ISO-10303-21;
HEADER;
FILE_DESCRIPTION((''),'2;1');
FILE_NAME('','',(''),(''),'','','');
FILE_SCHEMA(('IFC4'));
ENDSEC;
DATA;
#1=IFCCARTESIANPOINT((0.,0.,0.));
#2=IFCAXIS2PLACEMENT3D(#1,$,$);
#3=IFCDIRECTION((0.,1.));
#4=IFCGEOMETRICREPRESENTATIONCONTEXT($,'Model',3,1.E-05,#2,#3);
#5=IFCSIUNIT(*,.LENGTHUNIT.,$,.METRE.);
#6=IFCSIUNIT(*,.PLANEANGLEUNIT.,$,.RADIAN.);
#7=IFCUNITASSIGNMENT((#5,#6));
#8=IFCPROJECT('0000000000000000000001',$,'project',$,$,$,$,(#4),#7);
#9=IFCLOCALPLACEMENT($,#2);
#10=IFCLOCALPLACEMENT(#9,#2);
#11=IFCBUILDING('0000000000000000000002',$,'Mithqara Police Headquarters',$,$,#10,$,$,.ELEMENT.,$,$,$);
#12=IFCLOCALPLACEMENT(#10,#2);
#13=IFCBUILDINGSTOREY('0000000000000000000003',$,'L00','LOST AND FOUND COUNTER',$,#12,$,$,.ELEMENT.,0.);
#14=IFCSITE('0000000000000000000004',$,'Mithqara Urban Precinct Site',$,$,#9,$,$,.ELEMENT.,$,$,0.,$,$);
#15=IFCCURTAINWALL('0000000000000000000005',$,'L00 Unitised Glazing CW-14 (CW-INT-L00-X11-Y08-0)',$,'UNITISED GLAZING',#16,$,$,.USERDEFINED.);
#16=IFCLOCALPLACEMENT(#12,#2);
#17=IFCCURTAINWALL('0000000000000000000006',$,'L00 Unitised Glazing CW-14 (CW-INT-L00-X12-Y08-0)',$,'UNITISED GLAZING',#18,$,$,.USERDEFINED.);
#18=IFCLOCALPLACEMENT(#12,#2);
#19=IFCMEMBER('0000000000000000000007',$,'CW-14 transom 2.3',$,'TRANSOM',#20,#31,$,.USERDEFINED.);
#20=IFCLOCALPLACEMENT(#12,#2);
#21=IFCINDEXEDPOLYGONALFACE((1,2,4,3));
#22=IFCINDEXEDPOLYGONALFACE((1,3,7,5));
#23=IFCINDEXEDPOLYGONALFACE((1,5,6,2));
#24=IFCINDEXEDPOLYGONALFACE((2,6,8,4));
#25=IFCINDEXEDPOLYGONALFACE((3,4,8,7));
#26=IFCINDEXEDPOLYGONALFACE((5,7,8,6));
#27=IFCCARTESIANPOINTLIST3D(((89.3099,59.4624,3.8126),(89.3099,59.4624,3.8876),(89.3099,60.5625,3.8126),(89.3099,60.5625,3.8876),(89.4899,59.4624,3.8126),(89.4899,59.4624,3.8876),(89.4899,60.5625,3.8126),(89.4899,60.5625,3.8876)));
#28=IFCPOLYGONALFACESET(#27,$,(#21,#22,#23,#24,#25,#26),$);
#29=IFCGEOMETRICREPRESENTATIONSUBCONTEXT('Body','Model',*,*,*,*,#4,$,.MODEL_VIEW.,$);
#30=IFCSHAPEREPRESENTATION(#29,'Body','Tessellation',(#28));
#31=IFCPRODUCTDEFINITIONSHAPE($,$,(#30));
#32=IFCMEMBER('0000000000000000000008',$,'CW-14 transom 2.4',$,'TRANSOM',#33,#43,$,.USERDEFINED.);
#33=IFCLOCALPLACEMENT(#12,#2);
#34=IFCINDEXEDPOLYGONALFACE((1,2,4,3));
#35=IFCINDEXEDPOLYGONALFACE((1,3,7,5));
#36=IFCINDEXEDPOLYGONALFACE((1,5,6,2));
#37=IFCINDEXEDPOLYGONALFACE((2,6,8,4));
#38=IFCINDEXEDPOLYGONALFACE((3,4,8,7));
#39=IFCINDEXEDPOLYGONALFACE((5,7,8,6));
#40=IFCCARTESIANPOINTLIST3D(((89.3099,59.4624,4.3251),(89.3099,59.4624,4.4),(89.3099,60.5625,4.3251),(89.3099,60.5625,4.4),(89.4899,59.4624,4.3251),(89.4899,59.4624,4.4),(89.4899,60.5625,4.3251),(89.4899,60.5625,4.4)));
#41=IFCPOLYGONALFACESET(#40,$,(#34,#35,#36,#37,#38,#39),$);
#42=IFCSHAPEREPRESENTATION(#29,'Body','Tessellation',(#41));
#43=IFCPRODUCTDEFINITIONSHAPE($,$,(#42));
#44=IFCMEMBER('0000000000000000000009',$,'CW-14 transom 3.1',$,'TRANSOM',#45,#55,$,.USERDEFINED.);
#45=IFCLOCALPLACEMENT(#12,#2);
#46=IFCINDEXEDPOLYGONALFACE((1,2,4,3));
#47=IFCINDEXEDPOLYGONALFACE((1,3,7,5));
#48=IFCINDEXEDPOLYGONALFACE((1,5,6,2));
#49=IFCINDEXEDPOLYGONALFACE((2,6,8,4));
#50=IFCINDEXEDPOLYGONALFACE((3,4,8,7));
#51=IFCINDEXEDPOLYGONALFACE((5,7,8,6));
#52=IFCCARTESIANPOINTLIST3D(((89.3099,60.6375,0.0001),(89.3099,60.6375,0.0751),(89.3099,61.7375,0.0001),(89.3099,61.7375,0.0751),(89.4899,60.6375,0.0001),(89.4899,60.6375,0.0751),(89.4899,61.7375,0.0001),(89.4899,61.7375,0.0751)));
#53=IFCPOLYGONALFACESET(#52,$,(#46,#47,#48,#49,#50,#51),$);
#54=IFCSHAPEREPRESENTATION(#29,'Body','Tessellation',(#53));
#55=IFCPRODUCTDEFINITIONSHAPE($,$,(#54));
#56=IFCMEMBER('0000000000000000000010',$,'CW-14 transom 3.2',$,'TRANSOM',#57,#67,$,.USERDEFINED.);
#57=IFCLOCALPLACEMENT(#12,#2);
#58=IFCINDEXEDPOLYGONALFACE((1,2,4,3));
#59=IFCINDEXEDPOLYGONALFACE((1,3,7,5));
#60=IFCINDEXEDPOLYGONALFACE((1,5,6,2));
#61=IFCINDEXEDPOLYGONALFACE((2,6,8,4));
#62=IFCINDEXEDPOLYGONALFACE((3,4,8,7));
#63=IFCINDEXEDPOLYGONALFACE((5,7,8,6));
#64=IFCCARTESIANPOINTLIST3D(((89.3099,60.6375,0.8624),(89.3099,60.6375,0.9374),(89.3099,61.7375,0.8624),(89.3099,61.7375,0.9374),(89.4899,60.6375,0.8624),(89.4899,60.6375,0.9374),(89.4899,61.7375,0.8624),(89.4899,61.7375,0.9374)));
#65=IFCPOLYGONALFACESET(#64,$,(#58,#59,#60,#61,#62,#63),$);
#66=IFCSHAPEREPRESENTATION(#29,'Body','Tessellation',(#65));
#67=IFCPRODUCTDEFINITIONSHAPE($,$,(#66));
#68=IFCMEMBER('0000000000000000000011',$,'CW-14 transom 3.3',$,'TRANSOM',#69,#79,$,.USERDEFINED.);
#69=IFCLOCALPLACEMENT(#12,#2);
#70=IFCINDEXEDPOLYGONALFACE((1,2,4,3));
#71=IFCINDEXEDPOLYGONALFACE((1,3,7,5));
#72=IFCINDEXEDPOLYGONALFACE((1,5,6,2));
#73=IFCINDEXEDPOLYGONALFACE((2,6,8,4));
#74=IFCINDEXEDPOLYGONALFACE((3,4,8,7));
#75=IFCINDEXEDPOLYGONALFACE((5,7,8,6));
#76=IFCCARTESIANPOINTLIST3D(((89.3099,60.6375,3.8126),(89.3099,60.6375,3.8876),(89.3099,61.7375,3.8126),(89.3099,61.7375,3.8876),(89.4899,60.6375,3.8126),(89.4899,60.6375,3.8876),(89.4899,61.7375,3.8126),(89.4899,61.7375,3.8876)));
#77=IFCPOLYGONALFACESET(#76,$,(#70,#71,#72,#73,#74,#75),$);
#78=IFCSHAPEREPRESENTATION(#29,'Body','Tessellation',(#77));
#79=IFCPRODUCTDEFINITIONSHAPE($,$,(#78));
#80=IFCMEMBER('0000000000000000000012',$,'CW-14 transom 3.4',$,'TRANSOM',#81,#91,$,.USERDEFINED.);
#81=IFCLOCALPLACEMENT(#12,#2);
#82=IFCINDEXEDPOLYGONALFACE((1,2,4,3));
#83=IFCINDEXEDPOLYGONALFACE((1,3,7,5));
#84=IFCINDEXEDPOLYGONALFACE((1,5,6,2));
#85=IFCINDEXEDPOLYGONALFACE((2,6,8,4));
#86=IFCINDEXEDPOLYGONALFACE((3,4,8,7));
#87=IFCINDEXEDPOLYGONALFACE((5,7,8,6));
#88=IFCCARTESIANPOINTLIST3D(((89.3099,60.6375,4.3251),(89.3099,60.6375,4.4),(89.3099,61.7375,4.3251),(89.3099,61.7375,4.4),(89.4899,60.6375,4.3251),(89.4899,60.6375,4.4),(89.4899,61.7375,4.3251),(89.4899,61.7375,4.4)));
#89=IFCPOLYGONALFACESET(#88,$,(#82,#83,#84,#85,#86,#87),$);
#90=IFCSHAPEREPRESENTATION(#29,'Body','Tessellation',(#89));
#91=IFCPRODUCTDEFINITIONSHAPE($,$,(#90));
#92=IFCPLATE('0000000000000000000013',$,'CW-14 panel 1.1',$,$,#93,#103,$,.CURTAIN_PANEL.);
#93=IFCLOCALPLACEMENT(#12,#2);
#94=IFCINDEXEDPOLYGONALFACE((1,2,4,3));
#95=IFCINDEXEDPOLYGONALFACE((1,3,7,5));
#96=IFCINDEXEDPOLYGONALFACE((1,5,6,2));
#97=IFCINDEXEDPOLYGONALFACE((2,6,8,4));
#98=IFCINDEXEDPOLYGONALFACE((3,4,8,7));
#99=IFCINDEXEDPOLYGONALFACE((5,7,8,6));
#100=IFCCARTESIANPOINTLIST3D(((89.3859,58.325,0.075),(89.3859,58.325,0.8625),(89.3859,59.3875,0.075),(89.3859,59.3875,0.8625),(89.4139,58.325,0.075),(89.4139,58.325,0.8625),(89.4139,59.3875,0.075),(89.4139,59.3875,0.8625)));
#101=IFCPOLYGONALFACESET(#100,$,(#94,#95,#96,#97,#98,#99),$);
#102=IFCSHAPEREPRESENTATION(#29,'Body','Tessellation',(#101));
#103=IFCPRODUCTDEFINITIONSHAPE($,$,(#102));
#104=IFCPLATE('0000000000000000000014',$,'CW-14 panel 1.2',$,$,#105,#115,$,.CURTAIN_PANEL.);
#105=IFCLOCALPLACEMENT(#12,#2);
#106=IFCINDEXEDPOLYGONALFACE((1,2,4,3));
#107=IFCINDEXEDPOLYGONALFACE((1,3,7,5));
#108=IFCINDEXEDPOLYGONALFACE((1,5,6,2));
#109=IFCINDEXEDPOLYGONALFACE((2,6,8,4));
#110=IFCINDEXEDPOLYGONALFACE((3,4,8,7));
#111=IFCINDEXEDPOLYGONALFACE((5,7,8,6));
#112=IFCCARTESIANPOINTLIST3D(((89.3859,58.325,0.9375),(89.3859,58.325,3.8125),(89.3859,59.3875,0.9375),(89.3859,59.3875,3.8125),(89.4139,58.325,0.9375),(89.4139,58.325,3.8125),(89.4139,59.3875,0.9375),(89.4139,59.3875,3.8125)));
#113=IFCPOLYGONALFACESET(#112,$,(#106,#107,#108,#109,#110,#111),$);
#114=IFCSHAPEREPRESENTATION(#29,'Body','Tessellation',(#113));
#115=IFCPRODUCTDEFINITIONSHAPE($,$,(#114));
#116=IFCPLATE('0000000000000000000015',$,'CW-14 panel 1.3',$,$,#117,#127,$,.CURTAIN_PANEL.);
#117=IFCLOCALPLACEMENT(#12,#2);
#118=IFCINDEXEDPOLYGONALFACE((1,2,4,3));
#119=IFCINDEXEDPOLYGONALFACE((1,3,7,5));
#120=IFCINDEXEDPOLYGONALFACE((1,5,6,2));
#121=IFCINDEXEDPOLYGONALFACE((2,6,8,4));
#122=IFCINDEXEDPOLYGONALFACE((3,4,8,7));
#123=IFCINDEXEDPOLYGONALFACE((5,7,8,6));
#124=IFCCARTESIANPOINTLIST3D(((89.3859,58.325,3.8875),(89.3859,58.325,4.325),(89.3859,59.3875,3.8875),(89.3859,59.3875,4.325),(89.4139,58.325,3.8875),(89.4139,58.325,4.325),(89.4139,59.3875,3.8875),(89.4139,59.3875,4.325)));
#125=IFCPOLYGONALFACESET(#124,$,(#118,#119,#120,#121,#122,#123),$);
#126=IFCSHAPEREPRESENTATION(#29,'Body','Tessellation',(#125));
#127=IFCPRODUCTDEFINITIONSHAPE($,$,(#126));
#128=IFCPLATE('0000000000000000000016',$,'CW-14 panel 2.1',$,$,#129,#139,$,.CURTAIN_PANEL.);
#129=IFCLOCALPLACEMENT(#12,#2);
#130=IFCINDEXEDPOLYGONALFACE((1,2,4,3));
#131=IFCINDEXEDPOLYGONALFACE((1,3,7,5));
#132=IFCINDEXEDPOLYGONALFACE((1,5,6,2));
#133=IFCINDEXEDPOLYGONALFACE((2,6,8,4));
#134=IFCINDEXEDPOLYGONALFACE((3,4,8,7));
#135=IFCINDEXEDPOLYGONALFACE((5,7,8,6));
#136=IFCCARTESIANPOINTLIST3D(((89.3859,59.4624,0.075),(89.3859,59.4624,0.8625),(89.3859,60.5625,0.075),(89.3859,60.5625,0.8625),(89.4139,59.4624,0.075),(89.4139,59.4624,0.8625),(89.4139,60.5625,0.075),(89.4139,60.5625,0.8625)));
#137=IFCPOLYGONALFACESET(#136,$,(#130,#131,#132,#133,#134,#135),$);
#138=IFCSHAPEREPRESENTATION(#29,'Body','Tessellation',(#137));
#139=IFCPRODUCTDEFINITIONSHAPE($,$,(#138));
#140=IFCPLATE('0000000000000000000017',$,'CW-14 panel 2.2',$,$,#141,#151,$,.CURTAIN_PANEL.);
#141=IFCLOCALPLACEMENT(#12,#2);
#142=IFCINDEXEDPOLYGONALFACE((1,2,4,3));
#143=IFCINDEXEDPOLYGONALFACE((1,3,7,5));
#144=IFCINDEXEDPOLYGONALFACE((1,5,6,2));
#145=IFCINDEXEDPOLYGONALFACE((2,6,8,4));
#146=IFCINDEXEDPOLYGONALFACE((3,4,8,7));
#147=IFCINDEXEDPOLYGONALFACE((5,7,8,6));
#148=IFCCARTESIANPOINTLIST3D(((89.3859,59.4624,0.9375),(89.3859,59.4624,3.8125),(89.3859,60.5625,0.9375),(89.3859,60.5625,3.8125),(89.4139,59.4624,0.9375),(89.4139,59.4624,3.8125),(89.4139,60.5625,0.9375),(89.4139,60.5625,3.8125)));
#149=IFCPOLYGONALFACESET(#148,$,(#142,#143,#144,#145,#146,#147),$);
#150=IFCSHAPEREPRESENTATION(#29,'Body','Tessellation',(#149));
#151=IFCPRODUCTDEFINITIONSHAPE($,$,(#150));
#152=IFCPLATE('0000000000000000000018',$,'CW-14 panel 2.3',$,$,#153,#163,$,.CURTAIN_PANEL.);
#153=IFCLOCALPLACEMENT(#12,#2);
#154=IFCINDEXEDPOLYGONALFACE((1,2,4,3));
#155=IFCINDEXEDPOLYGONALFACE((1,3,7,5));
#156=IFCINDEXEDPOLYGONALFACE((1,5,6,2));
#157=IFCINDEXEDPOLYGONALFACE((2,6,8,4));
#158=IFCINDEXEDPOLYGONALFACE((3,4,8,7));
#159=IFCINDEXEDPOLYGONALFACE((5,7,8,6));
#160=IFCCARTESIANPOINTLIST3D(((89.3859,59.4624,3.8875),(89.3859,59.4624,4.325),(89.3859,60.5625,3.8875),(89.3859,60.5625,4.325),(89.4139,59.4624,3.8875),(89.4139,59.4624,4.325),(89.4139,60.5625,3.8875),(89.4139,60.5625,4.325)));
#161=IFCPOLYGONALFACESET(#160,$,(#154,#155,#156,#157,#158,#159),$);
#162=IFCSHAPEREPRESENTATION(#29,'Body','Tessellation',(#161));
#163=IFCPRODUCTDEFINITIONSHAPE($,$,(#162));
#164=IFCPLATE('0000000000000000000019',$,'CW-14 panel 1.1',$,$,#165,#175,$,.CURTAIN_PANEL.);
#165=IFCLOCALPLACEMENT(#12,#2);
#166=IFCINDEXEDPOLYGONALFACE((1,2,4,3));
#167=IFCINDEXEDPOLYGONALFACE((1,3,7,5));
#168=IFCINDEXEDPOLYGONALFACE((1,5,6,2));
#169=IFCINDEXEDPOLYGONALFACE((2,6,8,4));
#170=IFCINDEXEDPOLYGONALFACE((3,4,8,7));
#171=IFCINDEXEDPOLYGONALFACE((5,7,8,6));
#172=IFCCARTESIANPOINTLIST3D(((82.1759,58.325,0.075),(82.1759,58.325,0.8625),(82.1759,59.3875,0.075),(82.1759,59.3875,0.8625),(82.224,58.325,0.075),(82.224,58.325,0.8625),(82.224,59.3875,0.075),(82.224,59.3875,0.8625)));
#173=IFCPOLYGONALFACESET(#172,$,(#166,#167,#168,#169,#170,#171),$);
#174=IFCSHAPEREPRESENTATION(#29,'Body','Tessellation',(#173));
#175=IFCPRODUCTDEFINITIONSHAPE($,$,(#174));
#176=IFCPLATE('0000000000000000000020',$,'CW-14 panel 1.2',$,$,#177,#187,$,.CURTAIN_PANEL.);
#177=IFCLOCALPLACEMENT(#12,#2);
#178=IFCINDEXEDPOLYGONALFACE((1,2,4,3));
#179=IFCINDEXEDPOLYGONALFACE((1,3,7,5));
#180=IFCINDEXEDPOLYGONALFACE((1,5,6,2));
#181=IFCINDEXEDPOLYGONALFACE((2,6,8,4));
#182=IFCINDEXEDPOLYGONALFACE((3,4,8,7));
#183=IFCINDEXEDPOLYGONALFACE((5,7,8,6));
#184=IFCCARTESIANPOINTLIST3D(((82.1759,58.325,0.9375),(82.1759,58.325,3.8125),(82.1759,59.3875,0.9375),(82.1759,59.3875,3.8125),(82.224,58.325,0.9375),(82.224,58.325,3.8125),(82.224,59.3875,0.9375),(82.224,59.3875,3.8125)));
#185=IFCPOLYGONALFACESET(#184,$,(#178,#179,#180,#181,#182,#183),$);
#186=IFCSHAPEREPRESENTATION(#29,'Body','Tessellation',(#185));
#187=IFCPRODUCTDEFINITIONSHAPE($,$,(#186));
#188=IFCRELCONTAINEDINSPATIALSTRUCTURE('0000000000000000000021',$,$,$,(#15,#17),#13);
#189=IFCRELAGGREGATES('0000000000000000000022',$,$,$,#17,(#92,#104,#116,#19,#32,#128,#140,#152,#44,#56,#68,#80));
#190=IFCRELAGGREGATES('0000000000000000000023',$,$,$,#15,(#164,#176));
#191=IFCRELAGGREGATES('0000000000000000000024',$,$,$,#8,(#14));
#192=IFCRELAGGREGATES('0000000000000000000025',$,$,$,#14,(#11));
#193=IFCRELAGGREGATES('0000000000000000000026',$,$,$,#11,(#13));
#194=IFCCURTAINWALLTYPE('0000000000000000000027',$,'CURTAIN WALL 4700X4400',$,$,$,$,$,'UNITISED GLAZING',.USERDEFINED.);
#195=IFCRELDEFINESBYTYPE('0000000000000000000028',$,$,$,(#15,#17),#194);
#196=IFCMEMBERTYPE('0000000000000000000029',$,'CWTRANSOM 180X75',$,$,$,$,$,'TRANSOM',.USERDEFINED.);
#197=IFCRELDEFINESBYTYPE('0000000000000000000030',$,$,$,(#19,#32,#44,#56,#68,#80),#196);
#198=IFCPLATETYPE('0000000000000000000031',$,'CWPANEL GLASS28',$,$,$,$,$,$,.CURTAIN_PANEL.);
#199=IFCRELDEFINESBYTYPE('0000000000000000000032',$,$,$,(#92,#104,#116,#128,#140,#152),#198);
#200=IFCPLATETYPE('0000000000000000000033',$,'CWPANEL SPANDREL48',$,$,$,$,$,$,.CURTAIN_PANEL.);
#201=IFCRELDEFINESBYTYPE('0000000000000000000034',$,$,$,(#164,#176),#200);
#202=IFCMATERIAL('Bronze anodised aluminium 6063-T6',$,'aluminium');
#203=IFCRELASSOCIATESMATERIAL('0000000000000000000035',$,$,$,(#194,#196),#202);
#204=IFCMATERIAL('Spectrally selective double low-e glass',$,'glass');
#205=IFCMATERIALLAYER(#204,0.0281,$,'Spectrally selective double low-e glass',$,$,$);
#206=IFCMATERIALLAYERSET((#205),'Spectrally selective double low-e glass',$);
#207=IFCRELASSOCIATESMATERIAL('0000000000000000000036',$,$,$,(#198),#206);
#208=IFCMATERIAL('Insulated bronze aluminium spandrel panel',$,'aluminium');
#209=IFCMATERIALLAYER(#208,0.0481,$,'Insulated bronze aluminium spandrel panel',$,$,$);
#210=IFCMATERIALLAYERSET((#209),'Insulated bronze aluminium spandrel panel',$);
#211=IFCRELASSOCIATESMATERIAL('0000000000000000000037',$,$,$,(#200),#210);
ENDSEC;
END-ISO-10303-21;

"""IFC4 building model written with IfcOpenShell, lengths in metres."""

from ifc_helpers import new_model, si_unit, direction, frame, origin, origin_2d, place, context, subcontext, project, spatial, rectangle, extrude, material, layer, layer_set, material_profile, profile_set, type_object, element, aggregate, save


model = new_model("IFC4")

# Units and contexts
model_context = context("Model", 3, precision=1e-05, world=origin(), true_north=direction((0.0, 1.0)))
body_context = subcontext(model_context, "Body", "Model", "MODEL_VIEW")
ifc_project = project(units=[si_unit("LENGTHUNIT", "METRE"), si_unit("PLANEANGLEUNIT", "RADIAN")], contexts=[model_context])

# Site, building, storey
site_placement = place(None, origin())
site = spatial("IfcSite", under=ifc_project, at=site_placement, Name="Mithqara Urban Precinct Site", CompositionType="ELEMENT", RefElevation=0.0)
building_placement = place(site_placement, origin())
building = spatial("IfcBuilding", under=site, at=building_placement, Name="Mithqara Police Headquarters", CompositionType="ELEMENT")
storey_placement = place(building_placement, origin())
storey = spatial("IfcBuildingStorey", under=building, at=storey_placement, Name="L00", Description="LOST AND FOUND COUNTER", CompositionType="ELEMENT", Elevation=0.0)

# Curtain walls
ifc_material_1 = material(Name="Bronze anodised aluminium 6063-T6", Category="aluminium")
curtain_wall_type = type_object("IfcCurtainWallType", Name="CURTAIN WALL 4700X4400", ElementType="UNITISED GLAZING", PredefinedType="USERDEFINED", material=ifc_material_1)
curtain_wall_1_placement = place(storey_placement, origin())
curtain_wall_1 = element("IfcCurtainWall", 1, at=curtain_wall_1_placement, inside=storey, type_object=curtain_wall_type, Name="L00 Unitised Glazing CW-14 (CW-INT-L00-X11-Y08-0)", ObjectType="UNITISED GLAZING", PredefinedType="USERDEFINED")
curtain_wall_2_placement = place(storey_placement, origin())
curtain_wall_2 = element("IfcCurtainWall", 2, at=curtain_wall_2_placement, inside=storey, type_object=curtain_wall_type, Name="L00 Unitised Glazing CW-14 (CW-INT-L00-X12-Y08-0)", ObjectType="UNITISED GLAZING", PredefinedType="USERDEFINED")

# Members
ifc_material_profile_1 = material_profile(ifc_material_1, rectangle(XDim=0.1799, YDim=0.075, at=origin_2d()), Name="CWT 180x75")
ifc_profile_set_1 = profile_set([ifc_material_profile_1], Name="Bronze anodised aluminium 6063-T6")
member_type_1 = type_object("IfcMemberType", Name="CWTRANSOM 180X75", ElementType="TRANSOM", PredefinedType="USERDEFINED", material=ifc_profile_set_1)
member_1_placement = place(storey_placement, frame((89.3999, 59.4624, 3.8501), z_axis=(0.0, 1.0, 0.0), x_axis=(-1.0, 0.0, 0.0)))
member_1 = element("IfcMember", 3, at=member_1_placement, type_object=member_type_1, Name="CW-14 transom 2.3", ObjectType="TRANSOM", PredefinedType="USERDEFINED", context=body_context, shape_type="SweptSolid", body=[
    extrude(rectangle(XDim=0.1799, YDim=0.075, at=origin_2d()), origin(), (0.0, 0.0, 1.0), 1.1001),
])
member_2_placement = place(storey_placement, frame((89.3999, 59.4624, 4.3625), z_axis=(0.0, 1.0, 0.0), x_axis=(-1.0, 0.0, 0.0)))
member_2 = element("IfcMember", 4, at=member_2_placement, type_object=member_type_1, Name="CW-14 transom 2.4", ObjectType="TRANSOM", PredefinedType="USERDEFINED", context=body_context, shape_type="SweptSolid", body=[
    extrude(rectangle(XDim=0.1799, YDim=0.075, at=origin_2d()), origin(), (0.0, 0.0, 1.0), 1.1001),
])
member_3_placement = place(storey_placement, frame((89.3999, 60.6375, 0.0376), z_axis=(0.0, 1.0, 0.0), x_axis=(-1.0, 0.0, 0.0)))
member_3 = element("IfcMember", 5, at=member_3_placement, type_object=member_type_1, Name="CW-14 transom 3.1", ObjectType="TRANSOM", PredefinedType="USERDEFINED", context=body_context, shape_type="SweptSolid", body=[
    extrude(rectangle(XDim=0.1799, YDim=0.075, at=origin_2d()), origin(), (0.0, 0.0, 1.0), 1.1001),
])
member_4_placement = place(storey_placement, frame((89.3999, 60.6375, 0.8999), z_axis=(0.0, 1.0, 0.0), x_axis=(-1.0, 0.0, 0.0)))
member_4 = element("IfcMember", 6, at=member_4_placement, type_object=member_type_1, Name="CW-14 transom 3.2", ObjectType="TRANSOM", PredefinedType="USERDEFINED", context=body_context, shape_type="SweptSolid", body=[
    extrude(rectangle(XDim=0.1799, YDim=0.075, at=origin_2d()), origin(), (0.0, 0.0, 1.0), 1.1001),
])
member_5_placement = place(storey_placement, frame((89.3999, 60.6375, 3.8501), z_axis=(0.0, 1.0, 0.0), x_axis=(-1.0, 0.0, 0.0)))
member_5 = element("IfcMember", 7, at=member_5_placement, type_object=member_type_1, Name="CW-14 transom 3.3", ObjectType="TRANSOM", PredefinedType="USERDEFINED", context=body_context, shape_type="SweptSolid", body=[
    extrude(rectangle(XDim=0.1799, YDim=0.075, at=origin_2d()), origin(), (0.0, 0.0, 1.0), 1.1001),
])
member_6_placement = place(storey_placement, frame((89.3999, 60.6375, 4.3625), z_axis=(0.0, 1.0, 0.0), x_axis=(-1.0, 0.0, 0.0)))
member_6 = element("IfcMember", 8, at=member_6_placement, type_object=member_type_1, Name="CW-14 transom 3.4", ObjectType="TRANSOM", PredefinedType="USERDEFINED", context=body_context, shape_type="SweptSolid", body=[
    extrude(rectangle(XDim=0.1799, YDim=0.075, at=origin_2d()), origin(), (0.0, 0.0, 1.0), 1.1001),
])

# Plates
ifc_material_2 = material(Name="Spectrally selective double low-e glass", Category="glass")
ifc_layer_1 = layer(ifc_material_2, 0.0281, Name="Spectrally selective double low-e glass")
ifc_layer_set_1 = layer_set([ifc_layer_1], Name="Spectrally selective double low-e glass")
plate_type_1 = type_object("IfcPlateType", Name="CWPANEL GLASS28", PredefinedType="CURTAIN_PANEL", material=ifc_layer_set_1)
plate_1_placement = place(storey_placement, frame((89.3999, 58.8562, 0.075), z_axis=(0.0, 0.0, 1.0), x_axis=(0.0, 1.0, 0.0)))
plate_1 = element("IfcPlate", 9, at=plate_1_placement, type_object=plate_type_1, Name="CW-14 panel 1.1", PredefinedType="CURTAIN_PANEL", context=body_context, shape_type="SweptSolid", body=[
    extrude(rectangle(XDim=1.0625, YDim=0.0281, at=origin_2d()), origin(), (0.0, 0.0, 1.0), 0.7876),
])
plate_2_placement = place(storey_placement, frame((89.3999, 58.8562, 0.9375), z_axis=(0.0, 0.0, 1.0), x_axis=(0.0, 1.0, 0.0)))
plate_2 = element("IfcPlate", 10, at=plate_2_placement, type_object=plate_type_1, Name="CW-14 panel 1.2", PredefinedType="CURTAIN_PANEL", context=body_context, shape_type="SweptSolid", body=[
    extrude(rectangle(XDim=1.0625, YDim=0.0281, at=origin_2d()), origin(), (0.0, 0.0, 1.0), 2.875),
])
plate_3_placement = place(storey_placement, frame((89.3999, 58.8562, 3.8875), z_axis=(0.0, 0.0, 1.0), x_axis=(0.0, 1.0, 0.0)))
plate_3 = element("IfcPlate", 11, at=plate_3_placement, type_object=plate_type_1, Name="CW-14 panel 1.3", PredefinedType="CURTAIN_PANEL", context=body_context, shape_type="SweptSolid", body=[
    extrude(rectangle(XDim=1.0625, YDim=0.0281, at=origin_2d()), origin(), (0.0, 0.0, 1.0), 0.4375),
])
plate_4_placement = place(storey_placement, frame((89.3999, 60.0125, 0.075), z_axis=(0.0, 0.0, 1.0), x_axis=(0.0, 1.0, 0.0)))
plate_4 = element("IfcPlate", 12, at=plate_4_placement, type_object=plate_type_1, Name="CW-14 panel 2.1", PredefinedType="CURTAIN_PANEL", context=body_context, shape_type="SweptSolid", body=[
    extrude(rectangle(XDim=1.1001, YDim=0.0281, at=origin_2d()), origin(), (0.0, 0.0, 1.0), 0.7876),
])
plate_5_placement = place(storey_placement, frame((89.3999, 60.0125, 0.9375), z_axis=(0.0, 0.0, 1.0), x_axis=(0.0, 1.0, 0.0)))
plate_5 = element("IfcPlate", 13, at=plate_5_placement, type_object=plate_type_1, Name="CW-14 panel 2.2", PredefinedType="CURTAIN_PANEL", context=body_context, shape_type="SweptSolid", body=[
    extrude(rectangle(XDim=1.1001, YDim=0.0281, at=origin_2d()), origin(), (0.0, 0.0, 1.0), 2.875),
])
plate_6_placement = place(storey_placement, frame((89.3999, 60.0125, 3.8875), z_axis=(0.0, 0.0, 1.0), x_axis=(0.0, 1.0, 0.0)))
plate_6 = element("IfcPlate", 14, at=plate_6_placement, type_object=plate_type_1, Name="CW-14 panel 2.3", PredefinedType="CURTAIN_PANEL", context=body_context, shape_type="SweptSolid", body=[
    extrude(rectangle(XDim=1.1001, YDim=0.0281, at=origin_2d()), origin(), (0.0, 0.0, 1.0), 0.4375),
])
aggregate(curtain_wall_2, [plate_1, plate_2, plate_3, member_1, member_2, plate_4, plate_5, plate_6, member_3, member_4, member_5, member_6])
ifc_material_3 = material(Name="Insulated bronze aluminium spandrel panel", Category="aluminium")
ifc_layer_2 = layer(ifc_material_3, 0.0481, Name="Insulated bronze aluminium spandrel panel")
ifc_layer_set_2 = layer_set([ifc_layer_2], Name="Insulated bronze aluminium spandrel panel")
plate_type_2 = type_object("IfcPlateType", Name="CWPANEL SPANDREL48", PredefinedType="CURTAIN_PANEL", material=ifc_layer_set_2)
plate_7_placement = place(storey_placement, frame((82.2, 58.8562, 0.075), z_axis=(0.0, 0.0, 1.0), x_axis=(0.0, 1.0, 0.0)))
plate_7 = element("IfcPlate", 15, at=plate_7_placement, type_object=plate_type_2, Name="CW-14 panel 1.1", PredefinedType="CURTAIN_PANEL", context=body_context, shape_type="SweptSolid", body=[
    extrude(rectangle(XDim=1.0625, YDim=0.0481, at=origin_2d()), origin(), (0.0, 0.0, 1.0), 0.7876),
])
plate_8_placement = place(storey_placement, frame((82.2, 58.8562, 0.9375), z_axis=(0.0, 0.0, 1.0), x_axis=(0.0, 1.0, 0.0)))
plate_8 = element("IfcPlate", 16, at=plate_8_placement, type_object=plate_type_2, Name="CW-14 panel 1.2", PredefinedType="CURTAIN_PANEL", context=body_context, shape_type="SweptSolid", body=[
    extrude(rectangle(XDim=1.0625, YDim=0.0481, at=origin_2d()), origin(), (0.0, 0.0, 1.0), 2.875),
])
aggregate(curtain_wall_1, [plate_7, plate_8])

save(model, "model.ifc")
